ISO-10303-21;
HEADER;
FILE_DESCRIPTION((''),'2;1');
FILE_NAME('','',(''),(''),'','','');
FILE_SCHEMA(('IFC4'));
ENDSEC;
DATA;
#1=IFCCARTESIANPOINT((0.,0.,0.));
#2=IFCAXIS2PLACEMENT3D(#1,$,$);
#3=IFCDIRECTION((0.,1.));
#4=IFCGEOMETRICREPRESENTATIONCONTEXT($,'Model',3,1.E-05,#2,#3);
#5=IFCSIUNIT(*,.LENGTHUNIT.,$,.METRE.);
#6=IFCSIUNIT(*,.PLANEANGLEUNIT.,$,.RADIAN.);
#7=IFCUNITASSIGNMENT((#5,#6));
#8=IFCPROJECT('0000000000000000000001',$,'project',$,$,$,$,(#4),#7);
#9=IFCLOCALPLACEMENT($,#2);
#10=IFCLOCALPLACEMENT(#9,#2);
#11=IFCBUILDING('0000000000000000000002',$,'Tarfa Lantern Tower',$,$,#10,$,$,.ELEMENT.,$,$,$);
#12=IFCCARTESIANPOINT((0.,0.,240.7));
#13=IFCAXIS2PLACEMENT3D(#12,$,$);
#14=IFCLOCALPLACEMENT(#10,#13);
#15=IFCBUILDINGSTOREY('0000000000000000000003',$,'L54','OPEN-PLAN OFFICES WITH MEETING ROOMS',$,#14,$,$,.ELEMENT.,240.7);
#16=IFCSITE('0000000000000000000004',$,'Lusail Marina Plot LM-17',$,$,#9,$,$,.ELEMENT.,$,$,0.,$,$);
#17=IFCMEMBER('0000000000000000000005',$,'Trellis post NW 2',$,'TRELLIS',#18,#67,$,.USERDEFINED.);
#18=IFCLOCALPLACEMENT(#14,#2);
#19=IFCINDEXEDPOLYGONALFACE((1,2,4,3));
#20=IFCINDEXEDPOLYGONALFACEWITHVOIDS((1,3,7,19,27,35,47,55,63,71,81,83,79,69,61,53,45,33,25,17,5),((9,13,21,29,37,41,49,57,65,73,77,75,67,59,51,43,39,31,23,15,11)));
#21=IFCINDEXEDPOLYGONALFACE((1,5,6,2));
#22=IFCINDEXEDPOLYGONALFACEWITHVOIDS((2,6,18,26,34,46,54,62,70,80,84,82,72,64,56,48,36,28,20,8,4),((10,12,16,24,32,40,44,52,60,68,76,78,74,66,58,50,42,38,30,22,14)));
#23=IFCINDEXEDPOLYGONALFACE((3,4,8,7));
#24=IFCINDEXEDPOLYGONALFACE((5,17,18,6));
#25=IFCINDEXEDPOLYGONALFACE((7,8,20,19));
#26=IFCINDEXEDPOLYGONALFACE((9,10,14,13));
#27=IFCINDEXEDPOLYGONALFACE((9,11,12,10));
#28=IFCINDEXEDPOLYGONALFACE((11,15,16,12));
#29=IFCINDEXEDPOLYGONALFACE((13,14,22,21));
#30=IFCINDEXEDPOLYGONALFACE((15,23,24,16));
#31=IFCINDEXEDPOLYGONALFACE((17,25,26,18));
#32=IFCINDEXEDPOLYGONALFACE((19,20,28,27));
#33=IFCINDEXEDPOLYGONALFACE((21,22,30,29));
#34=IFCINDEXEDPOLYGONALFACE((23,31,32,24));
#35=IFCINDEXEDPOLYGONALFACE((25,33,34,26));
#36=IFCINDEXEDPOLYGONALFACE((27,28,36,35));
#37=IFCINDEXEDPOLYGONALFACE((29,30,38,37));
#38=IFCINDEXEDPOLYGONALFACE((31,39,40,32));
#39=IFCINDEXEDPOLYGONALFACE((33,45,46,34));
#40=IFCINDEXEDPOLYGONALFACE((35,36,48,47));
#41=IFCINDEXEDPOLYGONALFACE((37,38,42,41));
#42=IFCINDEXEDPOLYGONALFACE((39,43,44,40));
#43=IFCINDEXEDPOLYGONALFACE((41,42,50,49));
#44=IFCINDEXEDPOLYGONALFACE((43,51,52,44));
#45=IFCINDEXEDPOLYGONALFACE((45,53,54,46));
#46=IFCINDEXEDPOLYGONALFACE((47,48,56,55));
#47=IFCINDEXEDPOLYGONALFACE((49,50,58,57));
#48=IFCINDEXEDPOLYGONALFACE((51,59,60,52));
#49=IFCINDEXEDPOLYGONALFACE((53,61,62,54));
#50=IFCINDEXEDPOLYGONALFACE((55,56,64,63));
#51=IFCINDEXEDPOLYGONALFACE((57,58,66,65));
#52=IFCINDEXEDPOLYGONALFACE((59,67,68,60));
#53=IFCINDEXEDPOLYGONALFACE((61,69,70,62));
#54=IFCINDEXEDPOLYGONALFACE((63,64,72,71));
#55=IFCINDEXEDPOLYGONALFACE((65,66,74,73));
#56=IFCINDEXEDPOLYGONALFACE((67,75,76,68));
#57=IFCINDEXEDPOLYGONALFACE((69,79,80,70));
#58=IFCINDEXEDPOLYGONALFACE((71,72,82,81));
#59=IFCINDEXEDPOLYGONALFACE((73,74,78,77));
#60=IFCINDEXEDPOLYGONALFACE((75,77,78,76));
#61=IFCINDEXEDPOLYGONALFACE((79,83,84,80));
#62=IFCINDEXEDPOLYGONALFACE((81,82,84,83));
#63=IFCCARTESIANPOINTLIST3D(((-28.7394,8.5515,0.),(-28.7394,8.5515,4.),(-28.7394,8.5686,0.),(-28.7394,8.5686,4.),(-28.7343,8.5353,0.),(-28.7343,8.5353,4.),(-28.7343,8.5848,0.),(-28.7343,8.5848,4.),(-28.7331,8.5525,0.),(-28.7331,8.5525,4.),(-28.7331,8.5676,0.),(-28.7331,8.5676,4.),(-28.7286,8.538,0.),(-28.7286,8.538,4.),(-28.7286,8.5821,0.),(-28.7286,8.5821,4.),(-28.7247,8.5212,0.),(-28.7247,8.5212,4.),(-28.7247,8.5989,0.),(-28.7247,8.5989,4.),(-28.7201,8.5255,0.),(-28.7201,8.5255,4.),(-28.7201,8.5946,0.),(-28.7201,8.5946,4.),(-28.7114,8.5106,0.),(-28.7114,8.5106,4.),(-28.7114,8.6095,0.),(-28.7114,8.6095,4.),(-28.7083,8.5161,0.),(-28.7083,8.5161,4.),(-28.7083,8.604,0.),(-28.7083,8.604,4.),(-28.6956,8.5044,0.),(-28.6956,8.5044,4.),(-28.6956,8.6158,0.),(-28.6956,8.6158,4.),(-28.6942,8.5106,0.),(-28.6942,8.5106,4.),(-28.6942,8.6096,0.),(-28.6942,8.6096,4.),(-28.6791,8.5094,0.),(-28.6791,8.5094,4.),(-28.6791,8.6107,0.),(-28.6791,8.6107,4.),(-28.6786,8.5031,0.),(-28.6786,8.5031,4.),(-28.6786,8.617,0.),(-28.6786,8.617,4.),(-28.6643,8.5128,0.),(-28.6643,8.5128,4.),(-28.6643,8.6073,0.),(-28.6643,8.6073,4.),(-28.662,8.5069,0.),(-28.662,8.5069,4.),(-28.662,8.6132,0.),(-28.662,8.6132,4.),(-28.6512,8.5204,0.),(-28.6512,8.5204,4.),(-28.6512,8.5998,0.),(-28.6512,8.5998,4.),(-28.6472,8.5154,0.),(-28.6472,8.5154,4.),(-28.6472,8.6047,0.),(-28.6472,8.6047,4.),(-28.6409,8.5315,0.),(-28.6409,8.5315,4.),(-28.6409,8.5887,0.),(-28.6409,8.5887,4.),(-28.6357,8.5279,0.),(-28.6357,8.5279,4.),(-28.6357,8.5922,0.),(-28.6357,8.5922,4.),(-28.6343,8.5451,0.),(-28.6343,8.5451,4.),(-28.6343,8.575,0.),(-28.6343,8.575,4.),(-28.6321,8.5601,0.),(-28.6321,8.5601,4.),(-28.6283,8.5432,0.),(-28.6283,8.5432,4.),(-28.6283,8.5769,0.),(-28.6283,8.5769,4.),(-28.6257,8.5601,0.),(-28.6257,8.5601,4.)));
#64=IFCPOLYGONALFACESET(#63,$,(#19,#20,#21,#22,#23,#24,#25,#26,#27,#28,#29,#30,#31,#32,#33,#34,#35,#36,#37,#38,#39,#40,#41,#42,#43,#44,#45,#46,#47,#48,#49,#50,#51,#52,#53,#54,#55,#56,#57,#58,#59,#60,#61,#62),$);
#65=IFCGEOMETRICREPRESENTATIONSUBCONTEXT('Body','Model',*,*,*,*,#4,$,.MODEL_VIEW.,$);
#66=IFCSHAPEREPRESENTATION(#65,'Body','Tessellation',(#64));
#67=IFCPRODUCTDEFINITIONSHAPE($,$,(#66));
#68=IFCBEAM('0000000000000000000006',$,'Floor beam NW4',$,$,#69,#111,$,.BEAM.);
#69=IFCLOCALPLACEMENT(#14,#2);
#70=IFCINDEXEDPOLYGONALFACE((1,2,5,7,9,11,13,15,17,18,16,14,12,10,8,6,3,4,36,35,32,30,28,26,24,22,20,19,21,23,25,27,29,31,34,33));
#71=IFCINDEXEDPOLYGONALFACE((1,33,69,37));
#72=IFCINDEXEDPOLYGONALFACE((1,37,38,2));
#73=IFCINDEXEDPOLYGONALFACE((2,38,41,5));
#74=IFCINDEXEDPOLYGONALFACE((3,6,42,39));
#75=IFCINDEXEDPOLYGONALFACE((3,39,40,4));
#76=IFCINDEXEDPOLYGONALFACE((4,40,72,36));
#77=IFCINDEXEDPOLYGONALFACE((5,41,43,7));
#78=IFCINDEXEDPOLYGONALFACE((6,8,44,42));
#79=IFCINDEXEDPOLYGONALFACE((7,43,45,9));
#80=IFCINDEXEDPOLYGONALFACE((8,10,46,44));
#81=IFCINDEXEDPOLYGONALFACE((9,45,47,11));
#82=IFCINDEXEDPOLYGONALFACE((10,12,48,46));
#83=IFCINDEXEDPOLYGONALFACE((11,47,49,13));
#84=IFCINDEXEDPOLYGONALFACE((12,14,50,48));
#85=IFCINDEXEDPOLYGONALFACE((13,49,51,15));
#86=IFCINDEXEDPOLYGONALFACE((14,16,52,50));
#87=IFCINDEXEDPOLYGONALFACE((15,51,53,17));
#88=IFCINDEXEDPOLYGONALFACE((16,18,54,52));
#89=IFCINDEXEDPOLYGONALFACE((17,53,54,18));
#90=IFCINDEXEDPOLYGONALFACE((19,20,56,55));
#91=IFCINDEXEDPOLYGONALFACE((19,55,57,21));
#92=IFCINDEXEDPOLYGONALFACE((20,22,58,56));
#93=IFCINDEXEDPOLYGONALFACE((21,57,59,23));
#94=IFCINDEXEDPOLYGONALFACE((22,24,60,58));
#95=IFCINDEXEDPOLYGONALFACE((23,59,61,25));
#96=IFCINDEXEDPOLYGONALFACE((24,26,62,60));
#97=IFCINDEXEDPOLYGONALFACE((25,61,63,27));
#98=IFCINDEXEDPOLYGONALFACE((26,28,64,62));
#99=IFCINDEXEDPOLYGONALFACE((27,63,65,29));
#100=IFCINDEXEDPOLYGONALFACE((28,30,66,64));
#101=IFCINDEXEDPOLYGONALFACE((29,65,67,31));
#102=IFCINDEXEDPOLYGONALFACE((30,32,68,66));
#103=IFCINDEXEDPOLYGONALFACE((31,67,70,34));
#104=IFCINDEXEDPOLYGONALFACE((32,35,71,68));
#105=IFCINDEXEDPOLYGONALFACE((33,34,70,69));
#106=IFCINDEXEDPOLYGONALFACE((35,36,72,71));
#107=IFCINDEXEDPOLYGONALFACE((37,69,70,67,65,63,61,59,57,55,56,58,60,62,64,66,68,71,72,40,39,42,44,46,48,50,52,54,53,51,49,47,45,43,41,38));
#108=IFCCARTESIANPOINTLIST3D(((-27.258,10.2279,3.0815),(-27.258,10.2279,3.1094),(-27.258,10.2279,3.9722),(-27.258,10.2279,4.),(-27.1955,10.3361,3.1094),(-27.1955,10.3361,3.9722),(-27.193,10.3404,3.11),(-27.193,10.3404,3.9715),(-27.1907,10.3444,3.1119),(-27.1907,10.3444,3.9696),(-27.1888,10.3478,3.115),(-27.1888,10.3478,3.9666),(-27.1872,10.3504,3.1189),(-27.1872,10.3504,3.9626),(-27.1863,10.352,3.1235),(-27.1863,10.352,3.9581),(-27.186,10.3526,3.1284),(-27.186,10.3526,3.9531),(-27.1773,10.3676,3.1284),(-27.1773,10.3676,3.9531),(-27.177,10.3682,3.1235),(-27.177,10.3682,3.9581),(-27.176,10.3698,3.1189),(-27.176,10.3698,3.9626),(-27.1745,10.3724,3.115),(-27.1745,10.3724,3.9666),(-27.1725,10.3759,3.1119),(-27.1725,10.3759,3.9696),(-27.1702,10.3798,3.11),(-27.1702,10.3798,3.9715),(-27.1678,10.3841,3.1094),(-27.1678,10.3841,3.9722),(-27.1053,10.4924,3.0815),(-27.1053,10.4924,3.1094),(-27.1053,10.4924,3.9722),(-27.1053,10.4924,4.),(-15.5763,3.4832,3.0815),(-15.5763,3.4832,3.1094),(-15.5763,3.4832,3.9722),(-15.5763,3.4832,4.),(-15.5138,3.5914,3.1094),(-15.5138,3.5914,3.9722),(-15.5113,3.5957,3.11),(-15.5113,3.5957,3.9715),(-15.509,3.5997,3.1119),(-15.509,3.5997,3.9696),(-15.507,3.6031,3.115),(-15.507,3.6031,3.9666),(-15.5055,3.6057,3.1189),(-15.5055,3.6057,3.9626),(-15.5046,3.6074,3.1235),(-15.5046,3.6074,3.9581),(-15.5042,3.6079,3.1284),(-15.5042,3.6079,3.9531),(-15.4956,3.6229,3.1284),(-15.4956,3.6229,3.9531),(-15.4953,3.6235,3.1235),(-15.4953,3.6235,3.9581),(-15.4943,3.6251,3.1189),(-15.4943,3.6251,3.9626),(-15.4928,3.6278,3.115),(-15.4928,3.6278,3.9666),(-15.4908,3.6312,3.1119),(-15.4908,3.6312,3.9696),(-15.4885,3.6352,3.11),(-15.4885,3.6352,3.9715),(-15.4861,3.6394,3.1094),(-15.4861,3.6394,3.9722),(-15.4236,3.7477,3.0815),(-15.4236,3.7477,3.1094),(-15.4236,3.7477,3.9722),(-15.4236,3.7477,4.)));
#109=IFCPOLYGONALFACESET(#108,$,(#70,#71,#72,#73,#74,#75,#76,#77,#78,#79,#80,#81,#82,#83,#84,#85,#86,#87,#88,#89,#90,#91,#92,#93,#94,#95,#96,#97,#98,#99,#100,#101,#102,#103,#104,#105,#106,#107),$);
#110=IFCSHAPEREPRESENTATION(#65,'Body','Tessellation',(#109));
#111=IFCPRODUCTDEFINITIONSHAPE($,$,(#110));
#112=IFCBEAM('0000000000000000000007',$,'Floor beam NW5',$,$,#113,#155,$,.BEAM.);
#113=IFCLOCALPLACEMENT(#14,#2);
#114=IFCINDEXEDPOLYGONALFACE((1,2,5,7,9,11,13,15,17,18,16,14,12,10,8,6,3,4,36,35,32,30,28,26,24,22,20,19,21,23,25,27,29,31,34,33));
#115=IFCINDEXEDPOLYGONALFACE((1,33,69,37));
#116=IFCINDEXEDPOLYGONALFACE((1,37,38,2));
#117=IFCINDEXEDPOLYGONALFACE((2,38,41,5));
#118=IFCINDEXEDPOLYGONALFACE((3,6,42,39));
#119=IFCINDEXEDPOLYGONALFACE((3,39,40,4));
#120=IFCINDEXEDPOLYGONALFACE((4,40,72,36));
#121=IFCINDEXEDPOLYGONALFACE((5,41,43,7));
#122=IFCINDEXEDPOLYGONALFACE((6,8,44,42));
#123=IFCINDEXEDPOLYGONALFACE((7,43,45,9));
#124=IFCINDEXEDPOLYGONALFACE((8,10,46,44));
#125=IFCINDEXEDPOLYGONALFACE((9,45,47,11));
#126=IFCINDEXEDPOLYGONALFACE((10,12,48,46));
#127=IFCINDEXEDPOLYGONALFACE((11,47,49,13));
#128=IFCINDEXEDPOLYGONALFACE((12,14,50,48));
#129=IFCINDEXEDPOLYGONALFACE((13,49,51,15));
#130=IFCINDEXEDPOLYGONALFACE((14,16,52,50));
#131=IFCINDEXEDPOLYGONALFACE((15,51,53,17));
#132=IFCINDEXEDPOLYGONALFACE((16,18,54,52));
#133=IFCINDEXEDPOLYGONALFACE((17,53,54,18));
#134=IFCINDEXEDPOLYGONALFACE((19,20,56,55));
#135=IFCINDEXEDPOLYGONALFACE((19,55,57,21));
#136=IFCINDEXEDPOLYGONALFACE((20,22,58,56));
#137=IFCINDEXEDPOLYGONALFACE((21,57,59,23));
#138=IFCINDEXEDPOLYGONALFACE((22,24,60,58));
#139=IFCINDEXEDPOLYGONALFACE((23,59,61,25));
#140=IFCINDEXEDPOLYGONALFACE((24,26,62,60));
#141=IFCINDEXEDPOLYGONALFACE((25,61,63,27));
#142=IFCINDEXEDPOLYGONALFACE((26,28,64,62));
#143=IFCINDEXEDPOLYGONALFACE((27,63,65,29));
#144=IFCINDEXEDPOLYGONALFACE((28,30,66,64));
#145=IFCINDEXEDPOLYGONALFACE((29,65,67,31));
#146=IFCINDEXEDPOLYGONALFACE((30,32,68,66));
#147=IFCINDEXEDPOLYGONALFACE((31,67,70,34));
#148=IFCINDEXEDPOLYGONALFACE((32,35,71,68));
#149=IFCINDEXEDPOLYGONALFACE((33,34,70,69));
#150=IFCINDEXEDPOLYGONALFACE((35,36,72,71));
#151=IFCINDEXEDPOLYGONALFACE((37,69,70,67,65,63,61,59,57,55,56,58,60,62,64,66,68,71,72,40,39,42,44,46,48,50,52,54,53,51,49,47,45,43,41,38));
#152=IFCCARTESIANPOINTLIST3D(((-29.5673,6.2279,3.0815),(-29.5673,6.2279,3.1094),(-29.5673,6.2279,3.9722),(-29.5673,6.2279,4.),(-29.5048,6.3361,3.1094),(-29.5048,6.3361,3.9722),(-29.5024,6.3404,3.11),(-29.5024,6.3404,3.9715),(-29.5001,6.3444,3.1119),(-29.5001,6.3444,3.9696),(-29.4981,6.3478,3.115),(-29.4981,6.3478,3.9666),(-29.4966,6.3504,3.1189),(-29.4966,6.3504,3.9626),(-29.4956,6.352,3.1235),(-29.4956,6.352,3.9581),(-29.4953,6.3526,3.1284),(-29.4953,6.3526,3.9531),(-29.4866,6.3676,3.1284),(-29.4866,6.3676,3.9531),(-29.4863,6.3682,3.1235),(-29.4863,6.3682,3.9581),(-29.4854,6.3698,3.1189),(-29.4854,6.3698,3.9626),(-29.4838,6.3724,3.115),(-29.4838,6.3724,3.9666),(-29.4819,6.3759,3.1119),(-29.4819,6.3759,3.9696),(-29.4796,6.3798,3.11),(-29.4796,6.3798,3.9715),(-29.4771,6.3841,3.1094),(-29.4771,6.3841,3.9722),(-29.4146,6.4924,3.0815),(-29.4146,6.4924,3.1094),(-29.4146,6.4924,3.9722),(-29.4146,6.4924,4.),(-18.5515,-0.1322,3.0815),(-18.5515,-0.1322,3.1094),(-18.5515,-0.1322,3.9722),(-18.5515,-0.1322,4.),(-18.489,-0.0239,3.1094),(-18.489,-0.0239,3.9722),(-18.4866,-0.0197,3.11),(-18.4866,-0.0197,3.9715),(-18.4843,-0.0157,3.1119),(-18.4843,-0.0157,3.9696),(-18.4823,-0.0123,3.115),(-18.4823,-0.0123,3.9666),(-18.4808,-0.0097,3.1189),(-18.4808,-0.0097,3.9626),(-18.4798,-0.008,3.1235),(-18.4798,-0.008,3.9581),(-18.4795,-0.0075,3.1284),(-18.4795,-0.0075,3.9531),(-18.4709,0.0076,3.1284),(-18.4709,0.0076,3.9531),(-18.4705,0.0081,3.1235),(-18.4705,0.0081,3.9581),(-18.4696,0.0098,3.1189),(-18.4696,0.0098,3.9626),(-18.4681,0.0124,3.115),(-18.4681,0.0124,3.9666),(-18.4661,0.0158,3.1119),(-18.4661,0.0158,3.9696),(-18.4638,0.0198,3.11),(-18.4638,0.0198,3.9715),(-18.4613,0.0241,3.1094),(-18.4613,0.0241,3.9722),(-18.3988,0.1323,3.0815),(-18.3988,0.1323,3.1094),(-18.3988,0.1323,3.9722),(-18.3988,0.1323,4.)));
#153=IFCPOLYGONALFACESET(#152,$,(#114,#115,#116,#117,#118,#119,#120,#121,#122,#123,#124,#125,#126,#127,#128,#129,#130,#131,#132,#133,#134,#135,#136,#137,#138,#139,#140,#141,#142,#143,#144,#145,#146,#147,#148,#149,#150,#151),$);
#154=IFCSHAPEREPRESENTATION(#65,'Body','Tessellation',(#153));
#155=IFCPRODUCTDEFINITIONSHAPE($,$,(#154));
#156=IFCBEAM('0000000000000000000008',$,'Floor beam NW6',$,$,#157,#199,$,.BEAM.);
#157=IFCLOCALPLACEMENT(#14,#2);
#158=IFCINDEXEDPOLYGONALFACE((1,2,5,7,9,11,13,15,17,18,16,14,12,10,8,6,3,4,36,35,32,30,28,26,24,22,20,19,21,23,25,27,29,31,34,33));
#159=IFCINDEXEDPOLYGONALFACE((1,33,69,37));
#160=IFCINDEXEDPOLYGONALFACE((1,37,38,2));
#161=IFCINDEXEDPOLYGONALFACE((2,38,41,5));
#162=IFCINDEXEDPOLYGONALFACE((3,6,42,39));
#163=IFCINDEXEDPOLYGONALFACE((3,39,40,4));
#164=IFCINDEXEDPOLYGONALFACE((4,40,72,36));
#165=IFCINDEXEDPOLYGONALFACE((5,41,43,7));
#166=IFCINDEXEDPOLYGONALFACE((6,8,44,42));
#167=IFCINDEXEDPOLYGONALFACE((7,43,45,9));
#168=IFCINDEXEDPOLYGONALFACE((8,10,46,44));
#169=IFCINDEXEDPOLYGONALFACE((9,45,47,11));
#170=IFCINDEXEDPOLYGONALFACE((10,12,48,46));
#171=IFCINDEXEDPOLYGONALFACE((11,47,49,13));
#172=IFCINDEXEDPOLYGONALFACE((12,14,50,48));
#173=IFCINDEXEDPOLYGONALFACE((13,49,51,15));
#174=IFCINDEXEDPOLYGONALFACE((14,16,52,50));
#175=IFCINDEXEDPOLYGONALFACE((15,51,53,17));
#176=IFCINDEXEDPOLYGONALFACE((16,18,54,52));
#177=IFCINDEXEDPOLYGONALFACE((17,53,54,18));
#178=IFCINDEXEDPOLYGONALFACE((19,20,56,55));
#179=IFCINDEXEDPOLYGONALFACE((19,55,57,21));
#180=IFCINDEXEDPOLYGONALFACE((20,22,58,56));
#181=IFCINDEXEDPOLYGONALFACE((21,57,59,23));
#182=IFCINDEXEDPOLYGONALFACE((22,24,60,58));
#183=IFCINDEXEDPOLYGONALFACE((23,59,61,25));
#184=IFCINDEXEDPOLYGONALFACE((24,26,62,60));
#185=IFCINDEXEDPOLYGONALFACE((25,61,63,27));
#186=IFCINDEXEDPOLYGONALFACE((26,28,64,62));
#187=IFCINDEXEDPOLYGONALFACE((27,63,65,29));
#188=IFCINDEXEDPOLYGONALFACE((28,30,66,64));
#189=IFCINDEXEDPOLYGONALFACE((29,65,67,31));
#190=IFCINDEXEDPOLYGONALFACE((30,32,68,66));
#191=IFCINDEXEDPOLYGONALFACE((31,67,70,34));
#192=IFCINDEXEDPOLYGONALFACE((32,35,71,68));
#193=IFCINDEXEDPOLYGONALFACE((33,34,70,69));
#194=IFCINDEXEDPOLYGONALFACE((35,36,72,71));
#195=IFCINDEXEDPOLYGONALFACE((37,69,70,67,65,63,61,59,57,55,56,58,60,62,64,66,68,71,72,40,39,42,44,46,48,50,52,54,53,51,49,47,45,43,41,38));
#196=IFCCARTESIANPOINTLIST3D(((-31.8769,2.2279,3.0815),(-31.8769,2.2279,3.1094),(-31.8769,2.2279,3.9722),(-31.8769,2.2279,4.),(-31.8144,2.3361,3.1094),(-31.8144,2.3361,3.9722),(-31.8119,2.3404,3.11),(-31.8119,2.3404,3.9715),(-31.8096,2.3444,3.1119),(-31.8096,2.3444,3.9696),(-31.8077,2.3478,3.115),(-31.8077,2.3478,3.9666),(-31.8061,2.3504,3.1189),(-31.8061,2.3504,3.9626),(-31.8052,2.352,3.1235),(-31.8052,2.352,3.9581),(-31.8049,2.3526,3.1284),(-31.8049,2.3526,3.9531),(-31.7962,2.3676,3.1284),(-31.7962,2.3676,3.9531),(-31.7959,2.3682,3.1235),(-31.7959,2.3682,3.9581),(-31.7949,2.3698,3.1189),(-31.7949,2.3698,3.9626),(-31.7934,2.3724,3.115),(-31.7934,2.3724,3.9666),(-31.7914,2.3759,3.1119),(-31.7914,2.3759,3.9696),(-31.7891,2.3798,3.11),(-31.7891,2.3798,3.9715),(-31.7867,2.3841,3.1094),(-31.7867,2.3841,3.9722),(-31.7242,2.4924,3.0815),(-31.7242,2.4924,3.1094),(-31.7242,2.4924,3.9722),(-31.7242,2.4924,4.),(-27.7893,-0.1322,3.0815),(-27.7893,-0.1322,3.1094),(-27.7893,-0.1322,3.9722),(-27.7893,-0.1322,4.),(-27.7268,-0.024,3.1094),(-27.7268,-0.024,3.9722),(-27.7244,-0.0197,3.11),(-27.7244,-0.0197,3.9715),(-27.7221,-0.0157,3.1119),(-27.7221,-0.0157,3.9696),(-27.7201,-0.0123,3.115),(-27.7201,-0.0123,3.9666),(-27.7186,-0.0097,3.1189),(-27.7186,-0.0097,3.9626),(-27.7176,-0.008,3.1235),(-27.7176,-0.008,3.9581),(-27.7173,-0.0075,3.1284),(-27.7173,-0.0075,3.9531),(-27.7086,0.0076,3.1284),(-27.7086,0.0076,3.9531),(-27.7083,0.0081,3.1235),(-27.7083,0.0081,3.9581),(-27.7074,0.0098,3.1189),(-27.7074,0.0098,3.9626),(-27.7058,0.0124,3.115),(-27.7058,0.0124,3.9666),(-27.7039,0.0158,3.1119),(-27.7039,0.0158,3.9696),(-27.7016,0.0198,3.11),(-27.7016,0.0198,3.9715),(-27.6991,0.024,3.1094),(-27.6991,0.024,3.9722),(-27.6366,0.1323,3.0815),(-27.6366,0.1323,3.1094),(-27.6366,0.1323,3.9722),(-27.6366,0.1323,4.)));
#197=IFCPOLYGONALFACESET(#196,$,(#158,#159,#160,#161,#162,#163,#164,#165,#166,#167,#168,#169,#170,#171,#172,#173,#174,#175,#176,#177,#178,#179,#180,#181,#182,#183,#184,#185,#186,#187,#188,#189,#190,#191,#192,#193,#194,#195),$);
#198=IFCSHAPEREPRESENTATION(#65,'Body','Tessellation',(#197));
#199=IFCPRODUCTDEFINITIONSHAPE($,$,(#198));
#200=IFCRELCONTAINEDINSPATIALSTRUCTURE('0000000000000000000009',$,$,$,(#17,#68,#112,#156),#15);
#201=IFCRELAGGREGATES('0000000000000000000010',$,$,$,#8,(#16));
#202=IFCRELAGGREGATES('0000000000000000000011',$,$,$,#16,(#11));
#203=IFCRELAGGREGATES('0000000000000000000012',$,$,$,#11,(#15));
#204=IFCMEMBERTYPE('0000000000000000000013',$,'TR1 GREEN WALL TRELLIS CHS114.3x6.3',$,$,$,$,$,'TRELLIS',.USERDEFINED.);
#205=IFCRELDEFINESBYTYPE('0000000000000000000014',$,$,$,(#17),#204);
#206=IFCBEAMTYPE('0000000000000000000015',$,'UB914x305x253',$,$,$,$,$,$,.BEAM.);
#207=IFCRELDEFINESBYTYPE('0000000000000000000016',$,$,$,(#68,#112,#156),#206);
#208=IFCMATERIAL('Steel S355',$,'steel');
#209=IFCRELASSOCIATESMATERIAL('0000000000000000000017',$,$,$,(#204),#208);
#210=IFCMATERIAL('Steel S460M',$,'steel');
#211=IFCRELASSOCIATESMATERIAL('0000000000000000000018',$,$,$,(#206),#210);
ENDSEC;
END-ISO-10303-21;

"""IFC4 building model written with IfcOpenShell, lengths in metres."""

from ifc_helpers import new_model, si_unit, direction, frame, origin, origin_2d, place, context, subcontext, project, spatial, hollow_circle, i_section, extrude, material, material_profile, profile_set, type_object, element, save


model = new_model("IFC4")

# Units and contexts
model_context = context("Model", 3, precision=1e-05, world=origin(), true_north=direction((0.0, 1.0)))
body_context = subcontext(model_context, "Body", "Model", "MODEL_VIEW")
ifc_project = project(units=[si_unit("LENGTHUNIT", "METRE"), si_unit("PLANEANGLEUNIT", "RADIAN")], contexts=[model_context])

# Site, building, storey
site_placement = place(None, origin())
site = spatial("IfcSite", under=ifc_project, at=site_placement, Name="Lusail Marina Plot LM-17", CompositionType="ELEMENT", RefElevation=0.0)
building_placement = place(site_placement, origin())
building = spatial("IfcBuilding", under=site, at=building_placement, Name="Tarfa Lantern Tower", CompositionType="ELEMENT")
storey_placement = place(building_placement, frame((0.0, 0.0, 240.7)))
storey = spatial("IfcBuildingStorey", under=building, at=storey_placement, Name="L54", Description="OPEN-PLAN OFFICES WITH MEETING ROOMS", CompositionType="ELEMENT", Elevation=240.7)

# Member
ifc_material_1 = material(Name="Steel S355", Category="steel")
ifc_material_profile_1 = material_profile(ifc_material_1, hollow_circle(Radius=0.0571, WallThickness=0.0063, at=origin_2d()), Name="CHS114.3x6.3")
ifc_profile_set_1 = profile_set([ifc_material_profile_1], Name="Steel S355")
member_type_1 = type_object("IfcMemberType", Name="TR1 GREEN WALL TRELLIS CHS114.3x6.3", ElementType="TRELLIS", PredefinedType="USERDEFINED", material=ifc_profile_set_1)
member_1_placement = place(storey_placement, frame((-28.6829, 8.5601, 0.0), z_axis=(0.0, 0.0, 1.0), x_axis=(1.0, 0.0, 0.0)))
element("IfcMember", 1, at=member_1_placement, inside=storey, type_object=member_type_1, Name="Trellis post NW 2", ObjectType="TRELLIS", PredefinedType="USERDEFINED", context=body_context, shape_type="SweptSolid", body=[
    extrude(hollow_circle(Radius=0.0571, WallThickness=0.0063, at=origin_2d()), origin(), (0.0, 0.0, 1.0), 4.0),
])

# Beams
ifc_material_2 = material(Name="Steel S460M", Category="steel")
ifc_material_profile_2 = material_profile(ifc_material_2, i_section(OverallWidth=0.3054, OverallDepth=0.9185, WebThickness=0.0173, FlangeThickness=0.0278, FilletRadius=0.019, at=origin_2d()), Name="UB914x305x253")
ifc_profile_set_2 = profile_set([ifc_material_profile_2], Name="Steel S460M")
beam_type_1 = type_object("IfcBeamType", Name="UB914x305x253", PredefinedType="BEAM", material=ifc_profile_set_2)
beam_1_placement = place(storey_placement, frame((-27.1816, 10.3601, 3.5408), z_axis=(0.866018, -0.500013, 0.0), x_axis=(0.500013, 0.866018, 0.0)))
element("IfcBeam", 2, at=beam_1_placement, inside=storey, type_object=beam_type_1, Name="Floor beam NW4", PredefinedType="BEAM", context=body_context, shape_type="SweptSolid", body=[
    extrude(i_section(OverallWidth=0.3054, OverallDepth=0.9185, WebThickness=0.0173, FlangeThickness=0.0278, FilletRadius=0.019, at=origin_2d()), origin(), (0.0, 0.0, 1.0), 13.489),
])
beam_2_placement = place(storey_placement, frame((-29.491, 6.3601, 3.5408), z_axis=(0.866022, -0.500005, 0.0), x_axis=(0.500005, 0.866022, 0.0)))
element("IfcBeam", 3, at=beam_2_placement, inside=storey, type_object=beam_type_1, Name="Floor beam NW5", PredefinedType="BEAM", context=body_context, shape_type="SweptSolid", body=[
    extrude(i_section(OverallWidth=0.3054, OverallDepth=0.9185, WebThickness=0.0173, FlangeThickness=0.0278, FilletRadius=0.019, at=origin_2d()), origin(), (0.0, 0.0, 1.0), 12.72),
])
beam_3_placement = place(storey_placement, frame((-31.8005, 2.3601, 3.5408), z_axis=(0.866016, -0.500016, 0.0), x_axis=(0.500016, 0.866016, 0.0)))
element("IfcBeam", 4, at=beam_3_placement, inside=storey, type_object=beam_type_1, Name="Floor beam NW6", PredefinedType="BEAM", context=body_context, shape_type="SweptSolid", body=[
    extrude(i_section(OverallWidth=0.3054, OverallDepth=0.9185, WebThickness=0.0173, FlangeThickness=0.0278, FilletRadius=0.019, at=origin_2d()), origin(), (0.0, 0.0, 1.0), 4.72),
])

save(model, "model.ifc")
